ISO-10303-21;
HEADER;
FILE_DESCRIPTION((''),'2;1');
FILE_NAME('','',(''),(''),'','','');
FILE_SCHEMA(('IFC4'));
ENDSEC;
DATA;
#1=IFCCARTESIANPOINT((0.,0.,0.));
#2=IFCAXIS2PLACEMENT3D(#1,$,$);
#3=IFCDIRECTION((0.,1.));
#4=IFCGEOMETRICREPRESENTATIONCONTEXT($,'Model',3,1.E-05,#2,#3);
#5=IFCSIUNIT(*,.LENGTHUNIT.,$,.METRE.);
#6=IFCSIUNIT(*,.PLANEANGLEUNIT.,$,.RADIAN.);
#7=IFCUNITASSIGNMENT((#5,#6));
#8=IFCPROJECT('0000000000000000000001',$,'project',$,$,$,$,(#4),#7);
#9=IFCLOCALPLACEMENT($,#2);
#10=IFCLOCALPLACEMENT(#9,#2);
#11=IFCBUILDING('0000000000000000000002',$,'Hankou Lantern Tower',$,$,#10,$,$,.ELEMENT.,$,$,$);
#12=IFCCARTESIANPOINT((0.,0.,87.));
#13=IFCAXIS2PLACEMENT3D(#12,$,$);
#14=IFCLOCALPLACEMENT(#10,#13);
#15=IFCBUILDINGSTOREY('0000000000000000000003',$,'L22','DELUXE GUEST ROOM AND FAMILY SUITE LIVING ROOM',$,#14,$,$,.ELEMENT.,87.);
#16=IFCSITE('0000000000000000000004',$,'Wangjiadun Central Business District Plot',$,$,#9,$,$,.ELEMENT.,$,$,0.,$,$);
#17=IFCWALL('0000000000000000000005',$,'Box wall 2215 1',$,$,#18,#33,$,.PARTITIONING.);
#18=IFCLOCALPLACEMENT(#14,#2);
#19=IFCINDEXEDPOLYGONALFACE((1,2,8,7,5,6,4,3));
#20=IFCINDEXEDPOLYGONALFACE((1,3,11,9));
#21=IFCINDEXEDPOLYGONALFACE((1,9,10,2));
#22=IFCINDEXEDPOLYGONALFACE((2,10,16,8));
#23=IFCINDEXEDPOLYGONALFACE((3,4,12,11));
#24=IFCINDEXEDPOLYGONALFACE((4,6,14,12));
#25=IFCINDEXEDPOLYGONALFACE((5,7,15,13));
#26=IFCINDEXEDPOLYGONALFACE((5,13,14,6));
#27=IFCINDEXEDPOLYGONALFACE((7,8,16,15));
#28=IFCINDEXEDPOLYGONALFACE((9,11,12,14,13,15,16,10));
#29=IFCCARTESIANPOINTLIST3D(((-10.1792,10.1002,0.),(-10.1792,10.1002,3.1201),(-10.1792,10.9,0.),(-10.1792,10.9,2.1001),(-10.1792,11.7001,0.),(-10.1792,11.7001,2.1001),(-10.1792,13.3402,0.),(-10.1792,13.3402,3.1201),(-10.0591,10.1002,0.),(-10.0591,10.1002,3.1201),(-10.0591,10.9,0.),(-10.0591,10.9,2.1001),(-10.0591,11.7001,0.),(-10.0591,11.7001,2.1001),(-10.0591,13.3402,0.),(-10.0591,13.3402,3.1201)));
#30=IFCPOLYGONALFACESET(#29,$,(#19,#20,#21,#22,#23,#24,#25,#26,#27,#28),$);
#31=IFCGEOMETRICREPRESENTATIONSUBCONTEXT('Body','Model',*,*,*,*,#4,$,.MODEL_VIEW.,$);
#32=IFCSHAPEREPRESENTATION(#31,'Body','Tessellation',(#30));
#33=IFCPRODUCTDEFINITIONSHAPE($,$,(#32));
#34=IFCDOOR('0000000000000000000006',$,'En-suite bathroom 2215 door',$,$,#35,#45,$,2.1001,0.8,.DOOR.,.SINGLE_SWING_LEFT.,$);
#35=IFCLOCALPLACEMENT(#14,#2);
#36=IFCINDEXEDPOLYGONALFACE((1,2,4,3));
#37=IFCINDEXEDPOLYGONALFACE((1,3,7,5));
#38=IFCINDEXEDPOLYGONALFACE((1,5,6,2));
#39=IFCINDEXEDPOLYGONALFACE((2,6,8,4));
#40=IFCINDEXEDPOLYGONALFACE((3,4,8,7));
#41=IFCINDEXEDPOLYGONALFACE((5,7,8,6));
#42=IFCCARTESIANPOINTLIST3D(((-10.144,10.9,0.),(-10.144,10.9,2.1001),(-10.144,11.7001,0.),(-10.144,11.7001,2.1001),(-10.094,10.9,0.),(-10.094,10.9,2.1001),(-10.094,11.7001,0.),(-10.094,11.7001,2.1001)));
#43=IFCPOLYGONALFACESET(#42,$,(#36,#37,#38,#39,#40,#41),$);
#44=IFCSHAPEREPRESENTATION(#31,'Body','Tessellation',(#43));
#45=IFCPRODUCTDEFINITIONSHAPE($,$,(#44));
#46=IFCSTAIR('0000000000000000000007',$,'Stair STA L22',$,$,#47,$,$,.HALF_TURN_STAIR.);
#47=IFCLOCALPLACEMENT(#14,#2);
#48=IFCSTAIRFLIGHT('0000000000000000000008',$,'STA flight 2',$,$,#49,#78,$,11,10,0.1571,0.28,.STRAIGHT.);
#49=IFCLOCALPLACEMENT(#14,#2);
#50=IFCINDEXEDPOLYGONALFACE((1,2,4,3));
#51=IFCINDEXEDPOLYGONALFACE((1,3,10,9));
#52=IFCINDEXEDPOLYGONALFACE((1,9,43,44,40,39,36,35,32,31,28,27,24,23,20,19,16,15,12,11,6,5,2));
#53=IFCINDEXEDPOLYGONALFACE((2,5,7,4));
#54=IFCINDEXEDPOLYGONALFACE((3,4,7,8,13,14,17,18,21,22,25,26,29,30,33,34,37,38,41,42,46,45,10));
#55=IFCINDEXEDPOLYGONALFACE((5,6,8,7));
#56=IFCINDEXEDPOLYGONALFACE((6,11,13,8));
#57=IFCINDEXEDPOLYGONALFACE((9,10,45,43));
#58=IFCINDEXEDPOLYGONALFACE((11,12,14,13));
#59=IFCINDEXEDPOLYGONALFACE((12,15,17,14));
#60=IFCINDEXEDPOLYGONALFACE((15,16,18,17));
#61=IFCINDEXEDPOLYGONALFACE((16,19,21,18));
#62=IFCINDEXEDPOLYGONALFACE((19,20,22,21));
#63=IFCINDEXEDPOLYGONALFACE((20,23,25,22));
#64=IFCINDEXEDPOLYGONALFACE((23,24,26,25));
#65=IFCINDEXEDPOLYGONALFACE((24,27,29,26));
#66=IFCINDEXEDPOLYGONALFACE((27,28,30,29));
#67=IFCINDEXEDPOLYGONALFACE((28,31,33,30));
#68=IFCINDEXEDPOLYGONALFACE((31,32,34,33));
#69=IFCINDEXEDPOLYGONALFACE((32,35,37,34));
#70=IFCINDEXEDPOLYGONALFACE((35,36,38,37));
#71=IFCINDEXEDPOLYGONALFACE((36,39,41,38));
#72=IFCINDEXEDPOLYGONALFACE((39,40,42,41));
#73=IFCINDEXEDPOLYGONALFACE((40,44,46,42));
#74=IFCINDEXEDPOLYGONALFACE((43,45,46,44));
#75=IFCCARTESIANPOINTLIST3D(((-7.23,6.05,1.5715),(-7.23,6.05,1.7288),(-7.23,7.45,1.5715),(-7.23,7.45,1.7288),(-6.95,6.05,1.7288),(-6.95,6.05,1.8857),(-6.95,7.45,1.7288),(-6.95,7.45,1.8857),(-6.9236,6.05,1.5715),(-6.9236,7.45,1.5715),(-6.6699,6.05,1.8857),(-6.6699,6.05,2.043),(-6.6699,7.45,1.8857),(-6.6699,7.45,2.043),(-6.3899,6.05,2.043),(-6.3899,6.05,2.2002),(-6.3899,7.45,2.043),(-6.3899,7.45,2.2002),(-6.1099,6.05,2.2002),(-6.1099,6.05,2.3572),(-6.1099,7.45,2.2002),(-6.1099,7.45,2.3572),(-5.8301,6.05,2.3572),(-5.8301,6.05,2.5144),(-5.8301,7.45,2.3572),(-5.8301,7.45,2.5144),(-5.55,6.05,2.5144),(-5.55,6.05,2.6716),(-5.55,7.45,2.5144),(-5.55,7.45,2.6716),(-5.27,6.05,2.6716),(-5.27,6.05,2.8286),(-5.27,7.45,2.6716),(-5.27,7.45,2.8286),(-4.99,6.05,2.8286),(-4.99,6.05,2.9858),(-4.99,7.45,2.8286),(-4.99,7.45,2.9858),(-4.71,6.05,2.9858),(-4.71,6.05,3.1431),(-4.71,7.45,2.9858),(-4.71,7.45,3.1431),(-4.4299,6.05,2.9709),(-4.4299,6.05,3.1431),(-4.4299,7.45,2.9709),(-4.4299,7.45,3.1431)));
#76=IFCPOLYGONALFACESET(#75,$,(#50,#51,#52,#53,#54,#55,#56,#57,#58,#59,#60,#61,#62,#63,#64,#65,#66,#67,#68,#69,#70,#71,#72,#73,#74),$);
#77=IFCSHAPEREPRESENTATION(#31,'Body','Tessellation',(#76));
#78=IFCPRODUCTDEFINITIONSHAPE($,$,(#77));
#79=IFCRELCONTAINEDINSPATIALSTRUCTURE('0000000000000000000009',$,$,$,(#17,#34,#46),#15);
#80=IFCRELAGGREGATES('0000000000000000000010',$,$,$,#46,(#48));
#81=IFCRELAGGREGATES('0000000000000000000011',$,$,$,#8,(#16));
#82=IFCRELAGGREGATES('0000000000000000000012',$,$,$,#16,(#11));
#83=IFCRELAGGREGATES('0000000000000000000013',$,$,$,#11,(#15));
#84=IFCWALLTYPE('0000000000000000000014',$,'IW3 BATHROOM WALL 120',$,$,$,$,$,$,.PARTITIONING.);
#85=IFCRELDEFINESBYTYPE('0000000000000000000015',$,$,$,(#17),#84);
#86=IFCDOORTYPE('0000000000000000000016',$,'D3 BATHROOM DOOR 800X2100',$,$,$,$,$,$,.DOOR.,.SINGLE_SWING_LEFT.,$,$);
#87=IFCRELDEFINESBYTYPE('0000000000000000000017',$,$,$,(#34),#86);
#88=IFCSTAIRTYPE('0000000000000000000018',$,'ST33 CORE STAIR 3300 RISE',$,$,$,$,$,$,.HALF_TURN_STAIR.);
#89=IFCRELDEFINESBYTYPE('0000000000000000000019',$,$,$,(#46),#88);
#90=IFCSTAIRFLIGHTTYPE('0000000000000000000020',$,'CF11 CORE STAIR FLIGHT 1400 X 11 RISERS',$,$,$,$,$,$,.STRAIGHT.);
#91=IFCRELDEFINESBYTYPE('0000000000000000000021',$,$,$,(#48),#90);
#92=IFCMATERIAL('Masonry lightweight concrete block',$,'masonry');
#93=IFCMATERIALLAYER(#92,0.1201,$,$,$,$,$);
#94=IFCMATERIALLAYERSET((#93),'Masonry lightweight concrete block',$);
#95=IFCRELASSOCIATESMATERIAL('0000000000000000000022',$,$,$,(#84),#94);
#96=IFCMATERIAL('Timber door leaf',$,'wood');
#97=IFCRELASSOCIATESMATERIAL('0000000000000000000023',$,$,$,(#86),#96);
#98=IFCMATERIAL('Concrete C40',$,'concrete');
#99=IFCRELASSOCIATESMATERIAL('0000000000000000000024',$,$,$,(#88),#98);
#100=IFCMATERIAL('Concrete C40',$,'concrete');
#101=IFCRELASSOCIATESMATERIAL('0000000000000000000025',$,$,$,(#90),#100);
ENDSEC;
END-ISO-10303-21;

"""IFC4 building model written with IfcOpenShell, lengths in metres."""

from ifc_helpers import new_model, si_unit, direction, frame, frame_2d, origin, place, context, subcontext, project, spatial, polyline, rectangle, outline, extrude, material, layer, layer_set, type_object, element, fill, aggregate, save


model = new_model("IFC4")

# Units and contexts
model_context = context("Model", 3, precision=1e-05, world=origin(), true_north=direction((0.0, 1.0)))
body_context = subcontext(model_context, "Body", "Model", "MODEL_VIEW")
ifc_project = project(units=[si_unit("LENGTHUNIT", "METRE"), si_unit("PLANEANGLEUNIT", "RADIAN")], contexts=[model_context])

# Site, building, storey
site_placement = place(None, origin())
site = spatial("IfcSite", under=ifc_project, at=site_placement, Name="Wangjiadun Central Business District Plot", CompositionType="ELEMENT", RefElevation=0.0)
building_placement = place(site_placement, origin())
building = spatial("IfcBuilding", under=site, at=building_placement, Name="Hankou Lantern Tower", CompositionType="ELEMENT")
storey_placement = place(building_placement, frame((0.0, 0.0, 87.0)))
storey = spatial("IfcBuildingStorey", under=building, at=storey_placement, Name="L22", Description="DELUXE GUEST ROOM AND FAMILY SUITE LIVING ROOM", CompositionType="ELEMENT", Elevation=87.0)

# Shared definitions
ifc_material_1 = material(Name="Masonry lightweight concrete block", Category="masonry")
ifc_layer_1 = layer(ifc_material_1, 0.1201)
ifc_layer_set_1 = layer_set([ifc_layer_1], Name="Masonry lightweight concrete block")
wall_type_1 = type_object("IfcWallType", Name="IW3 BATHROOM WALL 120", PredefinedType="PARTITIONING", material=ifc_layer_set_1)

# Wall, opening, door
wall_1_placement = place(storey_placement, frame((-10.1191, 10.1001, 0.0), z_axis=(0.0, 0.0, 1.0), x_axis=(0.0, 1.0, 0.0)))
wall_1 = element("IfcWall", 1, at=wall_1_placement, inside=storey, type_object=wall_type_1, Name="Box wall 2215 1", PredefinedType="PARTITIONING", context=body_context, shape_type="SweptSolid", body=[
    extrude(rectangle(XDim=3.24, YDim=0.1201, at=frame_2d((1.6201, 0.0))), origin(), (0.0, 0.0, 1.0), 3.1201),
])
opening_1_placement = place(wall_1_placement, frame((0.8, 0.0, 0.0)))
opening_1 = element("IfcOpeningElement", 2, at=opening_1_placement, cuts=wall_1, PredefinedType="OPENING", context=body_context, shape_type="SweptSolid", body=[
    extrude(rectangle(XDim=0.8, YDim=2.1001, at=frame_2d((0.3999, 1.05))), frame((0.0, 0.0701, 0.0), z_axis=(0.0, -1.0, 0.0), x_axis=(1.0, 0.0, 0.0)), (0.0, 0.0, 1.0), 0.1401),
])
ifc_material_2 = material(Name="Timber door leaf", Category="wood")
door_type_1 = type_object("IfcDoorType", Name="D3 BATHROOM DOOR 800X2100", OperationType="SINGLE_SWING_LEFT", PredefinedType="DOOR", material=ifc_material_2)
door_1_placement = place(opening_1_placement, origin())
door_1 = element("IfcDoor", 3, at=door_1_placement, inside=storey, type_object=door_type_1, Name="En-suite bathroom 2215 door", OperationType="SINGLE_SWING_LEFT", OverallHeight=2.1001, OverallWidth=0.8, PredefinedType="DOOR", context=body_context, shape_type="SweptSolid", body=[
    extrude(rectangle(XDim=0.8, YDim=2.1001, at=frame_2d((0.3999, 1.05))), frame((0.0, 0.0249, 0.0), z_axis=(0.0, -1.0, 0.0), x_axis=(1.0, 0.0, 0.0)), (0.0, 0.0, 1.0), 0.05),
])
fill(opening_1, door_1)

# Stair, stair flight
ifc_material_3 = material(Name="Concrete C40", Category="concrete")
stair_type = type_object("IfcStairType", Name="ST33 CORE STAIR 3300 RISE", PredefinedType="HALF_TURN_STAIR", material=ifc_material_3)
stair_placement = place(storey_placement, origin())
stair = element("IfcStair", 4, at=stair_placement, inside=storey, type_object=stair_type, Name="Stair STA L22", PredefinedType="HALF_TURN_STAIR")
ifc_material_4 = material(Name="Concrete C40", Category="concrete")
stair_flight_type = type_object("IfcStairFlightType", Name="CF11 CORE STAIR FLIGHT 1400 X 11 RISERS", PredefinedType="STRAIGHT", material=ifc_material_4)
stair_flight_placement = place(storey_placement, frame((-7.23, 6.75, 1.5715), z_axis=(0.0, 0.0, 1.0), x_axis=(1.0, 0.0, 0.0)))
stair_flight = element("IfcStairFlight", 5, at=stair_flight_placement, type_object=stair_flight_type, Name="STA flight 2", NumberOfRisers=11, NumberOfTreads=10, PredefinedType="STRAIGHT", RiserHeight=0.1571, TreadLength=0.28, context=body_context, shape_type="SweptSolid", body=[
    extrude(outline(polyline([(0.0, 0.0), (0.0, 0.1572), (0.28, 0.1572), (0.28, 0.3142), (0.5601, 0.3142), (0.5601, 0.4714), (0.8401, 0.4714), (0.8401, 0.6287), (1.1201, 0.6287), (1.1201, 0.7856), (1.3999, 0.7856), (1.3999, 0.9429), (1.6799, 0.9429), (1.6799, 1.1001), (1.96, 1.1001), (1.96, 1.2571), (2.24, 1.2571), (2.24, 1.4143), (2.52, 1.4143), (2.52, 1.5715), (2.8, 1.5715), (2.8, 1.7285), (2.8, 1.3994), (0.3064, 0.0), (0.0, 0.0)])), frame((0.0, 0.7, 0.0), z_axis=(0.0, -1.0, 0.0), x_axis=(1.0, 0.0, 0.0)), (0.0, 0.0, 1.0), 1.3999),
])
aggregate(stair, [stair_flight])

save(model, "model.ifc")
